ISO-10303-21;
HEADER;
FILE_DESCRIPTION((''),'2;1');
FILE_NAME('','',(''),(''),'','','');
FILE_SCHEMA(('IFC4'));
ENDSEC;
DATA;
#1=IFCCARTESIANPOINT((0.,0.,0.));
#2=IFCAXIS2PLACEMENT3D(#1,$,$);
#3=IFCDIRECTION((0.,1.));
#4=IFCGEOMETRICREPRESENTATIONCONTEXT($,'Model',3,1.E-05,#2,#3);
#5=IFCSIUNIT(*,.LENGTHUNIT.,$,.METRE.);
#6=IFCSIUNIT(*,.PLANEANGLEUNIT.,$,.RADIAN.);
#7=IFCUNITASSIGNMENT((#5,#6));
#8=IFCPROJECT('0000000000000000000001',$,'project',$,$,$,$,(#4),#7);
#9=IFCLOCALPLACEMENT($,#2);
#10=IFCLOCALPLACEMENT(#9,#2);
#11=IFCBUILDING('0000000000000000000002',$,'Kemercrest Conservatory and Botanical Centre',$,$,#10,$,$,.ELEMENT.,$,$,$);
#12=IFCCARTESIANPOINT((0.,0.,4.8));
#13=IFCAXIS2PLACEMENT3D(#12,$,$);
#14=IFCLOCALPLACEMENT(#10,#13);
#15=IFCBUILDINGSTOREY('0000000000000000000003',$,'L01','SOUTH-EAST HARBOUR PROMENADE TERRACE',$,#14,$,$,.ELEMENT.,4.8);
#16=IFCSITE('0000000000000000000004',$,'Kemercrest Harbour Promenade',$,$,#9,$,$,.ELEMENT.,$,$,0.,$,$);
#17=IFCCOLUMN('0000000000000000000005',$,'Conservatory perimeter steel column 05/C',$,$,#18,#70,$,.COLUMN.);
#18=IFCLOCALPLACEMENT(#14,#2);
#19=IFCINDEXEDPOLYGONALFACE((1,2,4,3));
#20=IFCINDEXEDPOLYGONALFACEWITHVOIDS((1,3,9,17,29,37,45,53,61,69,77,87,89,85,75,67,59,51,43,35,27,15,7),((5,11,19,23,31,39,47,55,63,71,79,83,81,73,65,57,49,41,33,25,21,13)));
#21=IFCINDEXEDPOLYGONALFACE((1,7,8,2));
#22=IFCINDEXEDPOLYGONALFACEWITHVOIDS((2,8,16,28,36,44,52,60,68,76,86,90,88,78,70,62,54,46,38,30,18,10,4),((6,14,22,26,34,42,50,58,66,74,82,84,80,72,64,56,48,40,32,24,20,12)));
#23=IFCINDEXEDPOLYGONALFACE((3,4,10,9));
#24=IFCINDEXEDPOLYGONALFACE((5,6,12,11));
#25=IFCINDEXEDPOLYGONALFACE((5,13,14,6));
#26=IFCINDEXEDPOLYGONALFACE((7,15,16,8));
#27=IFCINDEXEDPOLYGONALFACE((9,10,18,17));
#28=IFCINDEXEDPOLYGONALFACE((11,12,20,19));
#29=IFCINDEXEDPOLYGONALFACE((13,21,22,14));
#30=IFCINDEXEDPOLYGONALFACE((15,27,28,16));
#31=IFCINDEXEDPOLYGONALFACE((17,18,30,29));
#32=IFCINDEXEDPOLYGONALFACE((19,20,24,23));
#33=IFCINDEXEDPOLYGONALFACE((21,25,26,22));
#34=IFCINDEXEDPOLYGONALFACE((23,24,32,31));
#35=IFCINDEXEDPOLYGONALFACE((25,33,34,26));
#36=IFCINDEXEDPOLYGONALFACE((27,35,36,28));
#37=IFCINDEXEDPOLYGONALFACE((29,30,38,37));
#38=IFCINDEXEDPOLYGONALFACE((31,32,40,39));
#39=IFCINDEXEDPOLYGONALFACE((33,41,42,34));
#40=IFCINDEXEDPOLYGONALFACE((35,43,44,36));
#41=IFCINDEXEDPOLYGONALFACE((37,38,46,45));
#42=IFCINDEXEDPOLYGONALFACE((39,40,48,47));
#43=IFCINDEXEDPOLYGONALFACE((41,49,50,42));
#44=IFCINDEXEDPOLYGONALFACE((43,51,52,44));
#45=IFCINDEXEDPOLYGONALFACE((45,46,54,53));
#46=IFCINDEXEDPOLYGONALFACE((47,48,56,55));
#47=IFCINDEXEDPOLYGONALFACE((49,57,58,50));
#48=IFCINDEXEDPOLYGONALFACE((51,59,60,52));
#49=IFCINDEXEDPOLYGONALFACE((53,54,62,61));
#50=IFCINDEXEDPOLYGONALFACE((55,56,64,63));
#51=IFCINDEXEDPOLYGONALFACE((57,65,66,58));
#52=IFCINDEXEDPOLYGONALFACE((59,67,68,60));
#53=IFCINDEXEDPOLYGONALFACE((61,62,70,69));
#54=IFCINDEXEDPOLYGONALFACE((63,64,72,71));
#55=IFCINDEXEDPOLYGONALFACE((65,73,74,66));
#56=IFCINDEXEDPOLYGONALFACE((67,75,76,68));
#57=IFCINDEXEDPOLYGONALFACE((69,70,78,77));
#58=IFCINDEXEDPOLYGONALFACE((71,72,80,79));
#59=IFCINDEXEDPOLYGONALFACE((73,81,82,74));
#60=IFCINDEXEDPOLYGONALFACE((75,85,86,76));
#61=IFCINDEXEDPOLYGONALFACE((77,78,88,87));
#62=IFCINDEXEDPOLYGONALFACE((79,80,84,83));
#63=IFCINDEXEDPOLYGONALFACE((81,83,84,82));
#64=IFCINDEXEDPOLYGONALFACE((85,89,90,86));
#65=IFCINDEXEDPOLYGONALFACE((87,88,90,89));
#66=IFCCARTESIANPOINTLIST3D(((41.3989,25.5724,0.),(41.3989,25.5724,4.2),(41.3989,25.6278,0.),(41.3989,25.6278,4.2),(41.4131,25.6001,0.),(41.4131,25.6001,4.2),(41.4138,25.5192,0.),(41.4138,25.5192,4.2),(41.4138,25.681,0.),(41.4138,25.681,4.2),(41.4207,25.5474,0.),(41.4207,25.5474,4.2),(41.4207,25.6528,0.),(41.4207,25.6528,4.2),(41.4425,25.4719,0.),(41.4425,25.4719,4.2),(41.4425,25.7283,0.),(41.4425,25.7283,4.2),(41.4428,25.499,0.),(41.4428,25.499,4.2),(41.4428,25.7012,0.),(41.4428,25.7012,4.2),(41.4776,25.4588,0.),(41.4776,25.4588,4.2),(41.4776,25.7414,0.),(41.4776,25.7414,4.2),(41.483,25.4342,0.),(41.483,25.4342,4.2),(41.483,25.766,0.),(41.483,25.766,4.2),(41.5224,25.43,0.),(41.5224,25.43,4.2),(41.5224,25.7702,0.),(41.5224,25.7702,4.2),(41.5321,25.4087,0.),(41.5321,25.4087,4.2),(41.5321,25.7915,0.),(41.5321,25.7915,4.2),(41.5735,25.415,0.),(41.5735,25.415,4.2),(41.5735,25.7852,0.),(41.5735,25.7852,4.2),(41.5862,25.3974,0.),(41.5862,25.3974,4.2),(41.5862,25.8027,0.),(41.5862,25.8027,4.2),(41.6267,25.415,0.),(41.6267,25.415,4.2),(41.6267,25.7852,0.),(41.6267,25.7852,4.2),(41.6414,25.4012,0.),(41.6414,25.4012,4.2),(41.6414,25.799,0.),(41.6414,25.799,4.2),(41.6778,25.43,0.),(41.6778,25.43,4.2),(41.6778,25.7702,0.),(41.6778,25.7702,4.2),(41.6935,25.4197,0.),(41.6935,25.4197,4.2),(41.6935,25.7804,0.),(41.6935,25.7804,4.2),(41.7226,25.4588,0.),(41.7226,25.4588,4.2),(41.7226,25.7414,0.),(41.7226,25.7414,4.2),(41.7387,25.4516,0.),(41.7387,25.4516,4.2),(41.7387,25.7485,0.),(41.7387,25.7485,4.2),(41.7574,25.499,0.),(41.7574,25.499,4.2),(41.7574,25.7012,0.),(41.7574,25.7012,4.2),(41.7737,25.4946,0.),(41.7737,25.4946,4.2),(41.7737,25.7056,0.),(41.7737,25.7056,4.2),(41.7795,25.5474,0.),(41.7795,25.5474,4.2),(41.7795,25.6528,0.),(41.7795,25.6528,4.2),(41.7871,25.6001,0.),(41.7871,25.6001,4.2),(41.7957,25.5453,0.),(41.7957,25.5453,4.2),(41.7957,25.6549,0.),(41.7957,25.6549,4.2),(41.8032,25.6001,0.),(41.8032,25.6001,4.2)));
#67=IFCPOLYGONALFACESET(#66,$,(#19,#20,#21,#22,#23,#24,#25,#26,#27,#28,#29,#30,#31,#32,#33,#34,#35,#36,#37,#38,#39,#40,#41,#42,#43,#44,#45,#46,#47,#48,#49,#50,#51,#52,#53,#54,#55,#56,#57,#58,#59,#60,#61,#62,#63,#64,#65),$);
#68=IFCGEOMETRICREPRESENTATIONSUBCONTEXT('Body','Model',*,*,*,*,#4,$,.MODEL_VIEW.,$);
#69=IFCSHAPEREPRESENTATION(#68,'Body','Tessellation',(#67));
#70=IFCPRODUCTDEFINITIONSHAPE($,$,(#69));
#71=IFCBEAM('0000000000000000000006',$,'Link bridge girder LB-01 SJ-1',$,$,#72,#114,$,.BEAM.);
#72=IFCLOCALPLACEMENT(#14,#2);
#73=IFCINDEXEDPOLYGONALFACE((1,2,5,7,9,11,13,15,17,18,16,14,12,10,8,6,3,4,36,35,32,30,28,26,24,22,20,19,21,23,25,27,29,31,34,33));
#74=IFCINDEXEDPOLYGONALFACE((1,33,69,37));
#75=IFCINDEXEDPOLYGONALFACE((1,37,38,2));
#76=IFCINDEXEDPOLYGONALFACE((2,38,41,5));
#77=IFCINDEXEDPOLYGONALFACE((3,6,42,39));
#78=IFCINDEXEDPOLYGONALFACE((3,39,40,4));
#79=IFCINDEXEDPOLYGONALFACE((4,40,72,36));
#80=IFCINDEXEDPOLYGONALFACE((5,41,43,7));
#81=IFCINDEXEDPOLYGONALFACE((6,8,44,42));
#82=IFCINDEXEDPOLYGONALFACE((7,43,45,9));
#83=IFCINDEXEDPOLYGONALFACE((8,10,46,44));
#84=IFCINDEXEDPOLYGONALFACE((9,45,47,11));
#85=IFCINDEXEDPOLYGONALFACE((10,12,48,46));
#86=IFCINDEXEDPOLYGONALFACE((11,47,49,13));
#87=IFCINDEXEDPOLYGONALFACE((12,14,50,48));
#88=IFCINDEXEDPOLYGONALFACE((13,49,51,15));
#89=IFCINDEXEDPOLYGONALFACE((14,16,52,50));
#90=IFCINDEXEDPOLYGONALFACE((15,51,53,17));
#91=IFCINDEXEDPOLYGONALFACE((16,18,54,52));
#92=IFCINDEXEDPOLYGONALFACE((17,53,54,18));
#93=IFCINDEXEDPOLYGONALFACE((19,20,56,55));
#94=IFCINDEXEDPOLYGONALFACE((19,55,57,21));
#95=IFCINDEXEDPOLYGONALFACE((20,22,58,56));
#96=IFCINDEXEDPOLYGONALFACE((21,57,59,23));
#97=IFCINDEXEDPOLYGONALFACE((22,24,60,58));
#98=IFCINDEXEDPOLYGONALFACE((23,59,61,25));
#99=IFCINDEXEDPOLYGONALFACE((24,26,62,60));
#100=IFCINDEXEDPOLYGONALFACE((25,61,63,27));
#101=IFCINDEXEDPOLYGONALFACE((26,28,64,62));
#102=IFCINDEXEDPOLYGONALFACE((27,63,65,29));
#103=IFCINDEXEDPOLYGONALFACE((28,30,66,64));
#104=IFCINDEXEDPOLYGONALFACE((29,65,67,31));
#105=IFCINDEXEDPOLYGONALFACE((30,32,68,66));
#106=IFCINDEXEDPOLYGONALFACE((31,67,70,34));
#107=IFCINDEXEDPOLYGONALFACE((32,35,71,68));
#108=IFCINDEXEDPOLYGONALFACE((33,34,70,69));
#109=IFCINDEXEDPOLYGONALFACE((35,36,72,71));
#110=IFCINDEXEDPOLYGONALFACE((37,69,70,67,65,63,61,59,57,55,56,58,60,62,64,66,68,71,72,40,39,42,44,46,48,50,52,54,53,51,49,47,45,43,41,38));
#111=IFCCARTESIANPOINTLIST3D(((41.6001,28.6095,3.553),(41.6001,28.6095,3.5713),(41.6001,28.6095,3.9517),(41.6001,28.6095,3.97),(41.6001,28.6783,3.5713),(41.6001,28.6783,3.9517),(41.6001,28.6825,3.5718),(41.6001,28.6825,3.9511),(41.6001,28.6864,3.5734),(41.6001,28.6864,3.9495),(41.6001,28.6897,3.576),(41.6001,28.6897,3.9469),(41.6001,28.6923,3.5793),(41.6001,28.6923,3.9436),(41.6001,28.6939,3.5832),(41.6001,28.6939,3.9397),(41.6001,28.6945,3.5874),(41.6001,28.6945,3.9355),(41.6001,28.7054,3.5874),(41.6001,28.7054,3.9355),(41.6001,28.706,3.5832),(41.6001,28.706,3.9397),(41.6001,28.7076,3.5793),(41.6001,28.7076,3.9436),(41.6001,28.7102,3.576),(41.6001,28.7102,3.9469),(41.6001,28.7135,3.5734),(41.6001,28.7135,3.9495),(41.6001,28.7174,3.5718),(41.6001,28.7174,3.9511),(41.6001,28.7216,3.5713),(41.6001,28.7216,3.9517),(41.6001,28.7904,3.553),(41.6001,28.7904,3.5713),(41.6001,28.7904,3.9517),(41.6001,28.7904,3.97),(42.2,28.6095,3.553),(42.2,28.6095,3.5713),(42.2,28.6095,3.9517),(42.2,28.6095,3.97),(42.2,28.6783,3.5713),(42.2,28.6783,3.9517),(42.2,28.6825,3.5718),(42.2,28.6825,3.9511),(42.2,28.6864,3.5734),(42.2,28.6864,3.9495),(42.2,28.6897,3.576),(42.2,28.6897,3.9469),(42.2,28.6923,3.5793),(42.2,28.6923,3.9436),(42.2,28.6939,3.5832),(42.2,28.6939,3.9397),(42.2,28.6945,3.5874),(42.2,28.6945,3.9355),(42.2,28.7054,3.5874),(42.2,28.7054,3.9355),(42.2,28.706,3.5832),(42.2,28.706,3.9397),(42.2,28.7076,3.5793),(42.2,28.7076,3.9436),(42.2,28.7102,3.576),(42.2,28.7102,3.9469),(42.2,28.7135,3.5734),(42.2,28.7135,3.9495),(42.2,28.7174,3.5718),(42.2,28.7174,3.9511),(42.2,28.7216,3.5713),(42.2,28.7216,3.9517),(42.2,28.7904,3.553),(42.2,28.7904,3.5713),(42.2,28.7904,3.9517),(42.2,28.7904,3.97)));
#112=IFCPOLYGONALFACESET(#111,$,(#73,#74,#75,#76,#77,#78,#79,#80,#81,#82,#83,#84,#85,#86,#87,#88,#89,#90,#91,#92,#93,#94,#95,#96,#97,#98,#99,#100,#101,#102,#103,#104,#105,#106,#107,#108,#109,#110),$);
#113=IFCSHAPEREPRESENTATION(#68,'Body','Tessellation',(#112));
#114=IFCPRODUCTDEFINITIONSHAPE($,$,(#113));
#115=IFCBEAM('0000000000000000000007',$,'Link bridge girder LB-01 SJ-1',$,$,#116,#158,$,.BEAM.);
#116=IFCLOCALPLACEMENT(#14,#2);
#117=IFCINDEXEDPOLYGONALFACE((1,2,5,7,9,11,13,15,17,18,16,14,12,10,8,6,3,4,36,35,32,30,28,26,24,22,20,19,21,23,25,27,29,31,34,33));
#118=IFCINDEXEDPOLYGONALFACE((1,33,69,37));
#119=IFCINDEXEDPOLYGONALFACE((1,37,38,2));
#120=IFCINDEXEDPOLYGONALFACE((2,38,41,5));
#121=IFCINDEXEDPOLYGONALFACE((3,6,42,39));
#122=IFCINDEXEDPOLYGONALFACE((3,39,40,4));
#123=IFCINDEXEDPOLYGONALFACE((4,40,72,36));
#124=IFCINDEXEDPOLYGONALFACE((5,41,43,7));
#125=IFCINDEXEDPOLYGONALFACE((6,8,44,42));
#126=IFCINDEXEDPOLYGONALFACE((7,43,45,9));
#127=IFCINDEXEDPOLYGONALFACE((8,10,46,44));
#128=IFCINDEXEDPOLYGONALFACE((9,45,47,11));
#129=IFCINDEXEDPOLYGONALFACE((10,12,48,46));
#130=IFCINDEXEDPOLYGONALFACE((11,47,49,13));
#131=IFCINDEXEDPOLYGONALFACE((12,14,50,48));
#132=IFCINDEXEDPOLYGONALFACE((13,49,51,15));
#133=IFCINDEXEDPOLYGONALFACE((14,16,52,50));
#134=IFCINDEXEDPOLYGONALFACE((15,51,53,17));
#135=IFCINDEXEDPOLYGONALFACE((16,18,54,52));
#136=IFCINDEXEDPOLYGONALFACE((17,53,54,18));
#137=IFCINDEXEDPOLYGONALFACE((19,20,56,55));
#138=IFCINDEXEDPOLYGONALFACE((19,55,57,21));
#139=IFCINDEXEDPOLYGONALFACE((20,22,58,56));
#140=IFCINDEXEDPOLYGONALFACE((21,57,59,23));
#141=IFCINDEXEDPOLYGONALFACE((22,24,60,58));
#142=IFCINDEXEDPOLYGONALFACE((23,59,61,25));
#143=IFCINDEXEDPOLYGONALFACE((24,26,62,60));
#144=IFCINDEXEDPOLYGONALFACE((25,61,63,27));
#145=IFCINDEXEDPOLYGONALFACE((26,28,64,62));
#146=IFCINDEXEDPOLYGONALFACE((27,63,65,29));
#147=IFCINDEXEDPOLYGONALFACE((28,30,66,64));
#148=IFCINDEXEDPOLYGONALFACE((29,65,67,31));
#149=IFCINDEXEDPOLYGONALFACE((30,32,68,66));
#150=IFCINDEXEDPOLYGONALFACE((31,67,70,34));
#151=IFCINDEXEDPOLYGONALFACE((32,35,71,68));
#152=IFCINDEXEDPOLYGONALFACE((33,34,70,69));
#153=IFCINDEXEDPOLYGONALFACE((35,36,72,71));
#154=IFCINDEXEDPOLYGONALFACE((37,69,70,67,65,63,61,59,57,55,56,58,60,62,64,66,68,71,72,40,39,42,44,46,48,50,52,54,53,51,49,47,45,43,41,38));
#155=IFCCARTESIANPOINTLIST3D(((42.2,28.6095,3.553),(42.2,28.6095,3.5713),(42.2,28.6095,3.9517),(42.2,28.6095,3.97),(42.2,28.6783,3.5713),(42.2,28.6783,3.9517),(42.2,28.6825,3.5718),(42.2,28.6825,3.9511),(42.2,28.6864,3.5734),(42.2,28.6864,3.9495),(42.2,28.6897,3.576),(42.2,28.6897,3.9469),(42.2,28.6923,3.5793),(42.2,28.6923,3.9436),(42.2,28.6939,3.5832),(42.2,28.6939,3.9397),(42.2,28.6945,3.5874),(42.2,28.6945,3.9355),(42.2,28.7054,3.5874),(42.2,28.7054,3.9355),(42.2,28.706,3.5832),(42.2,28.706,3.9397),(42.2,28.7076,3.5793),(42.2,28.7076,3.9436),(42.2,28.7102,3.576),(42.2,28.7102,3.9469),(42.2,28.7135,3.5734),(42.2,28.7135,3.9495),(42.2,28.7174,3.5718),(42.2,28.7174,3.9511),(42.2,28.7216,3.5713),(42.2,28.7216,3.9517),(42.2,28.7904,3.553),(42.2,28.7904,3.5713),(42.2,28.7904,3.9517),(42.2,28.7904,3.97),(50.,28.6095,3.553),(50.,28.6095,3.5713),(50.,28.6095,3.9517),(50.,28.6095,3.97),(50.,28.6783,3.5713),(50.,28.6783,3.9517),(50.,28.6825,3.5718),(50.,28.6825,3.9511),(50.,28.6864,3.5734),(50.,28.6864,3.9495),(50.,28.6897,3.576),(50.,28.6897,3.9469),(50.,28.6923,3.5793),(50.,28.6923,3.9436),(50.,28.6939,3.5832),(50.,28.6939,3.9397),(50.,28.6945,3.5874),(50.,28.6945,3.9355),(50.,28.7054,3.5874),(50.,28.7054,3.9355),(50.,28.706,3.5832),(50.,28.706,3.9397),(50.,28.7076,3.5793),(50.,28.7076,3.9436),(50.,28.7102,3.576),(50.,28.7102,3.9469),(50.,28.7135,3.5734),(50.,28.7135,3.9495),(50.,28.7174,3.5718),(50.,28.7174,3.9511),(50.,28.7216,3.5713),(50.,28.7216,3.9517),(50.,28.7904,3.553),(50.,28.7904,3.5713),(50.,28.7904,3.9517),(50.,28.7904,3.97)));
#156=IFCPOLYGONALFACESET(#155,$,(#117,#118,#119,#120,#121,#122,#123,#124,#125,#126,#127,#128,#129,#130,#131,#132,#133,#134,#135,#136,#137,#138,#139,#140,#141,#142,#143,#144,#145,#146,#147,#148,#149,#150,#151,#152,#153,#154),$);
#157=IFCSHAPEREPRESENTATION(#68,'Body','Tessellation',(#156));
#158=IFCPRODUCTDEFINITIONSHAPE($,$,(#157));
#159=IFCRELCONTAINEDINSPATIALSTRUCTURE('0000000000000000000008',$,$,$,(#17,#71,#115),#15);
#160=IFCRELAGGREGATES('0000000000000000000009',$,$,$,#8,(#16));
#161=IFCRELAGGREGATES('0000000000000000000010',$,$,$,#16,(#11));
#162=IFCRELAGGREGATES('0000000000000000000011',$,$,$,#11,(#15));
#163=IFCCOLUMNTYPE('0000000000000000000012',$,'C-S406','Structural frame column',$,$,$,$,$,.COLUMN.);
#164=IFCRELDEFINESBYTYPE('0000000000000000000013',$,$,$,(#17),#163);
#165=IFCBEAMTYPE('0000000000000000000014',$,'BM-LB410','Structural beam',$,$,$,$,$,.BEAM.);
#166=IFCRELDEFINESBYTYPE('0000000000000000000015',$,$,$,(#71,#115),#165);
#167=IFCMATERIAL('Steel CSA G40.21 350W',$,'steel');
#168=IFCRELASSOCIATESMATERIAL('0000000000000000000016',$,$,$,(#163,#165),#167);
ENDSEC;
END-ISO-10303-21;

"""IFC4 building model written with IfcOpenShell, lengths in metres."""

from ifc_helpers import new_model, si_unit, direction, frame, origin, origin_2d, place, context, subcontext, project, spatial, hollow_circle, i_section, extrude, material, material_profile, profile_set, type_object, element, save


model = new_model("IFC4")

# Units and contexts
model_context = context("Model", 3, precision=1e-05, world=origin(), true_north=direction((0.0, 1.0)))
body_context = subcontext(model_context, "Body", "Model", "MODEL_VIEW")
ifc_project = project(units=[si_unit("LENGTHUNIT", "METRE"), si_unit("PLANEANGLEUNIT", "RADIAN")], contexts=[model_context])

# Site, building, storey
site_placement = place(None, origin())
site = spatial("IfcSite", under=ifc_project, at=site_placement, Name="Kemercrest Harbour Promenade", CompositionType="ELEMENT", RefElevation=0.0)
building_placement = place(site_placement, origin())
building = spatial("IfcBuilding", under=site, at=building_placement, Name="Kemercrest Conservatory and Botanical Centre", CompositionType="ELEMENT")
storey_placement = place(building_placement, frame((0.0, 0.0, 4.8)))
storey = spatial("IfcBuildingStorey", under=building, at=storey_placement, Name="L01", Description="SOUTH-EAST HARBOUR PROMENADE TERRACE", CompositionType="ELEMENT", Elevation=4.8)

# Column
ifc_material_1 = material(Name="Steel CSA G40.21 350W", Category="steel")
ifc_material_profile_1 = material_profile(ifc_material_1, hollow_circle(Radius=0.2031, WallThickness=0.0161, at=origin_2d()), Name="CHS 406.4x16.0")
ifc_profile_set_1 = profile_set([ifc_material_profile_1], Name="Steel CSA G40.21 350W")
column_type_1 = type_object("IfcColumnType", Name="C-S406", Description="Structural frame column", PredefinedType="COLUMN", material=ifc_profile_set_1)
column_placement = place(storey_placement, frame((41.6001, 25.6001, 0.0), z_axis=(0.0, 0.0, 1.0), x_axis=(1.0, 0.0, 0.0)))
element("IfcColumn", 1, at=column_placement, inside=storey, type_object=column_type_1, Name="Conservatory perimeter steel column 05/C", PredefinedType="COLUMN", context=body_context, shape_type="SweptSolid", body=[
    extrude(hollow_circle(Radius=0.2031, WallThickness=0.0161, at=origin_2d()), origin(), (0.0, 0.0, 1.0), 4.2),
])

# Beams
ifc_material_profile_2 = material_profile(ifc_material_1, i_section(OverallWidth=0.1809, OverallDepth=0.417, WebThickness=0.011, FlangeThickness=0.0183, FilletRadius=0.0161, at=origin_2d()), Name="W410X85")
ifc_profile_set_2 = profile_set([ifc_material_profile_2], Name="Steel CSA G40.21 350W")
beam_type_1 = type_object("IfcBeamType", Name="BM-LB410", Description="Structural beam", PredefinedType="BEAM", material=ifc_profile_set_2)
beam_1_placement = place(storey_placement, frame((41.6001, 28.7, 3.7615), z_axis=(1.0, 0.0, 0.0), x_axis=(0.0, 1.0, 0.0)))
element("IfcBeam", 2, at=beam_1_placement, inside=storey, type_object=beam_type_1, Name="Link bridge girder LB-01 SJ-1", PredefinedType="BEAM", context=body_context, shape_type="SweptSolid", body=[
    extrude(i_section(OverallWidth=0.1809, OverallDepth=0.417, WebThickness=0.011, FlangeThickness=0.0183, FilletRadius=0.0161, at=origin_2d()), origin(), (0.0, 0.0, 1.0), 0.5999),
])
beam_2_placement = place(storey_placement, frame((42.2, 28.7, 3.7615), z_axis=(1.0, 0.0, 0.0), x_axis=(0.0, 1.0, 0.0)))
element("IfcBeam", 3, at=beam_2_placement, inside=storey, type_object=beam_type_1, Name="Link bridge girder LB-01 SJ-1", PredefinedType="BEAM", context=body_context, shape_type="SweptSolid", body=[
    extrude(i_section(OverallWidth=0.1809, OverallDepth=0.417, WebThickness=0.011, FlangeThickness=0.0183, FilletRadius=0.0161, at=origin_2d()), origin(), (0.0, 0.0, 1.0), 7.8),
])

save(model, "model.ifc")
